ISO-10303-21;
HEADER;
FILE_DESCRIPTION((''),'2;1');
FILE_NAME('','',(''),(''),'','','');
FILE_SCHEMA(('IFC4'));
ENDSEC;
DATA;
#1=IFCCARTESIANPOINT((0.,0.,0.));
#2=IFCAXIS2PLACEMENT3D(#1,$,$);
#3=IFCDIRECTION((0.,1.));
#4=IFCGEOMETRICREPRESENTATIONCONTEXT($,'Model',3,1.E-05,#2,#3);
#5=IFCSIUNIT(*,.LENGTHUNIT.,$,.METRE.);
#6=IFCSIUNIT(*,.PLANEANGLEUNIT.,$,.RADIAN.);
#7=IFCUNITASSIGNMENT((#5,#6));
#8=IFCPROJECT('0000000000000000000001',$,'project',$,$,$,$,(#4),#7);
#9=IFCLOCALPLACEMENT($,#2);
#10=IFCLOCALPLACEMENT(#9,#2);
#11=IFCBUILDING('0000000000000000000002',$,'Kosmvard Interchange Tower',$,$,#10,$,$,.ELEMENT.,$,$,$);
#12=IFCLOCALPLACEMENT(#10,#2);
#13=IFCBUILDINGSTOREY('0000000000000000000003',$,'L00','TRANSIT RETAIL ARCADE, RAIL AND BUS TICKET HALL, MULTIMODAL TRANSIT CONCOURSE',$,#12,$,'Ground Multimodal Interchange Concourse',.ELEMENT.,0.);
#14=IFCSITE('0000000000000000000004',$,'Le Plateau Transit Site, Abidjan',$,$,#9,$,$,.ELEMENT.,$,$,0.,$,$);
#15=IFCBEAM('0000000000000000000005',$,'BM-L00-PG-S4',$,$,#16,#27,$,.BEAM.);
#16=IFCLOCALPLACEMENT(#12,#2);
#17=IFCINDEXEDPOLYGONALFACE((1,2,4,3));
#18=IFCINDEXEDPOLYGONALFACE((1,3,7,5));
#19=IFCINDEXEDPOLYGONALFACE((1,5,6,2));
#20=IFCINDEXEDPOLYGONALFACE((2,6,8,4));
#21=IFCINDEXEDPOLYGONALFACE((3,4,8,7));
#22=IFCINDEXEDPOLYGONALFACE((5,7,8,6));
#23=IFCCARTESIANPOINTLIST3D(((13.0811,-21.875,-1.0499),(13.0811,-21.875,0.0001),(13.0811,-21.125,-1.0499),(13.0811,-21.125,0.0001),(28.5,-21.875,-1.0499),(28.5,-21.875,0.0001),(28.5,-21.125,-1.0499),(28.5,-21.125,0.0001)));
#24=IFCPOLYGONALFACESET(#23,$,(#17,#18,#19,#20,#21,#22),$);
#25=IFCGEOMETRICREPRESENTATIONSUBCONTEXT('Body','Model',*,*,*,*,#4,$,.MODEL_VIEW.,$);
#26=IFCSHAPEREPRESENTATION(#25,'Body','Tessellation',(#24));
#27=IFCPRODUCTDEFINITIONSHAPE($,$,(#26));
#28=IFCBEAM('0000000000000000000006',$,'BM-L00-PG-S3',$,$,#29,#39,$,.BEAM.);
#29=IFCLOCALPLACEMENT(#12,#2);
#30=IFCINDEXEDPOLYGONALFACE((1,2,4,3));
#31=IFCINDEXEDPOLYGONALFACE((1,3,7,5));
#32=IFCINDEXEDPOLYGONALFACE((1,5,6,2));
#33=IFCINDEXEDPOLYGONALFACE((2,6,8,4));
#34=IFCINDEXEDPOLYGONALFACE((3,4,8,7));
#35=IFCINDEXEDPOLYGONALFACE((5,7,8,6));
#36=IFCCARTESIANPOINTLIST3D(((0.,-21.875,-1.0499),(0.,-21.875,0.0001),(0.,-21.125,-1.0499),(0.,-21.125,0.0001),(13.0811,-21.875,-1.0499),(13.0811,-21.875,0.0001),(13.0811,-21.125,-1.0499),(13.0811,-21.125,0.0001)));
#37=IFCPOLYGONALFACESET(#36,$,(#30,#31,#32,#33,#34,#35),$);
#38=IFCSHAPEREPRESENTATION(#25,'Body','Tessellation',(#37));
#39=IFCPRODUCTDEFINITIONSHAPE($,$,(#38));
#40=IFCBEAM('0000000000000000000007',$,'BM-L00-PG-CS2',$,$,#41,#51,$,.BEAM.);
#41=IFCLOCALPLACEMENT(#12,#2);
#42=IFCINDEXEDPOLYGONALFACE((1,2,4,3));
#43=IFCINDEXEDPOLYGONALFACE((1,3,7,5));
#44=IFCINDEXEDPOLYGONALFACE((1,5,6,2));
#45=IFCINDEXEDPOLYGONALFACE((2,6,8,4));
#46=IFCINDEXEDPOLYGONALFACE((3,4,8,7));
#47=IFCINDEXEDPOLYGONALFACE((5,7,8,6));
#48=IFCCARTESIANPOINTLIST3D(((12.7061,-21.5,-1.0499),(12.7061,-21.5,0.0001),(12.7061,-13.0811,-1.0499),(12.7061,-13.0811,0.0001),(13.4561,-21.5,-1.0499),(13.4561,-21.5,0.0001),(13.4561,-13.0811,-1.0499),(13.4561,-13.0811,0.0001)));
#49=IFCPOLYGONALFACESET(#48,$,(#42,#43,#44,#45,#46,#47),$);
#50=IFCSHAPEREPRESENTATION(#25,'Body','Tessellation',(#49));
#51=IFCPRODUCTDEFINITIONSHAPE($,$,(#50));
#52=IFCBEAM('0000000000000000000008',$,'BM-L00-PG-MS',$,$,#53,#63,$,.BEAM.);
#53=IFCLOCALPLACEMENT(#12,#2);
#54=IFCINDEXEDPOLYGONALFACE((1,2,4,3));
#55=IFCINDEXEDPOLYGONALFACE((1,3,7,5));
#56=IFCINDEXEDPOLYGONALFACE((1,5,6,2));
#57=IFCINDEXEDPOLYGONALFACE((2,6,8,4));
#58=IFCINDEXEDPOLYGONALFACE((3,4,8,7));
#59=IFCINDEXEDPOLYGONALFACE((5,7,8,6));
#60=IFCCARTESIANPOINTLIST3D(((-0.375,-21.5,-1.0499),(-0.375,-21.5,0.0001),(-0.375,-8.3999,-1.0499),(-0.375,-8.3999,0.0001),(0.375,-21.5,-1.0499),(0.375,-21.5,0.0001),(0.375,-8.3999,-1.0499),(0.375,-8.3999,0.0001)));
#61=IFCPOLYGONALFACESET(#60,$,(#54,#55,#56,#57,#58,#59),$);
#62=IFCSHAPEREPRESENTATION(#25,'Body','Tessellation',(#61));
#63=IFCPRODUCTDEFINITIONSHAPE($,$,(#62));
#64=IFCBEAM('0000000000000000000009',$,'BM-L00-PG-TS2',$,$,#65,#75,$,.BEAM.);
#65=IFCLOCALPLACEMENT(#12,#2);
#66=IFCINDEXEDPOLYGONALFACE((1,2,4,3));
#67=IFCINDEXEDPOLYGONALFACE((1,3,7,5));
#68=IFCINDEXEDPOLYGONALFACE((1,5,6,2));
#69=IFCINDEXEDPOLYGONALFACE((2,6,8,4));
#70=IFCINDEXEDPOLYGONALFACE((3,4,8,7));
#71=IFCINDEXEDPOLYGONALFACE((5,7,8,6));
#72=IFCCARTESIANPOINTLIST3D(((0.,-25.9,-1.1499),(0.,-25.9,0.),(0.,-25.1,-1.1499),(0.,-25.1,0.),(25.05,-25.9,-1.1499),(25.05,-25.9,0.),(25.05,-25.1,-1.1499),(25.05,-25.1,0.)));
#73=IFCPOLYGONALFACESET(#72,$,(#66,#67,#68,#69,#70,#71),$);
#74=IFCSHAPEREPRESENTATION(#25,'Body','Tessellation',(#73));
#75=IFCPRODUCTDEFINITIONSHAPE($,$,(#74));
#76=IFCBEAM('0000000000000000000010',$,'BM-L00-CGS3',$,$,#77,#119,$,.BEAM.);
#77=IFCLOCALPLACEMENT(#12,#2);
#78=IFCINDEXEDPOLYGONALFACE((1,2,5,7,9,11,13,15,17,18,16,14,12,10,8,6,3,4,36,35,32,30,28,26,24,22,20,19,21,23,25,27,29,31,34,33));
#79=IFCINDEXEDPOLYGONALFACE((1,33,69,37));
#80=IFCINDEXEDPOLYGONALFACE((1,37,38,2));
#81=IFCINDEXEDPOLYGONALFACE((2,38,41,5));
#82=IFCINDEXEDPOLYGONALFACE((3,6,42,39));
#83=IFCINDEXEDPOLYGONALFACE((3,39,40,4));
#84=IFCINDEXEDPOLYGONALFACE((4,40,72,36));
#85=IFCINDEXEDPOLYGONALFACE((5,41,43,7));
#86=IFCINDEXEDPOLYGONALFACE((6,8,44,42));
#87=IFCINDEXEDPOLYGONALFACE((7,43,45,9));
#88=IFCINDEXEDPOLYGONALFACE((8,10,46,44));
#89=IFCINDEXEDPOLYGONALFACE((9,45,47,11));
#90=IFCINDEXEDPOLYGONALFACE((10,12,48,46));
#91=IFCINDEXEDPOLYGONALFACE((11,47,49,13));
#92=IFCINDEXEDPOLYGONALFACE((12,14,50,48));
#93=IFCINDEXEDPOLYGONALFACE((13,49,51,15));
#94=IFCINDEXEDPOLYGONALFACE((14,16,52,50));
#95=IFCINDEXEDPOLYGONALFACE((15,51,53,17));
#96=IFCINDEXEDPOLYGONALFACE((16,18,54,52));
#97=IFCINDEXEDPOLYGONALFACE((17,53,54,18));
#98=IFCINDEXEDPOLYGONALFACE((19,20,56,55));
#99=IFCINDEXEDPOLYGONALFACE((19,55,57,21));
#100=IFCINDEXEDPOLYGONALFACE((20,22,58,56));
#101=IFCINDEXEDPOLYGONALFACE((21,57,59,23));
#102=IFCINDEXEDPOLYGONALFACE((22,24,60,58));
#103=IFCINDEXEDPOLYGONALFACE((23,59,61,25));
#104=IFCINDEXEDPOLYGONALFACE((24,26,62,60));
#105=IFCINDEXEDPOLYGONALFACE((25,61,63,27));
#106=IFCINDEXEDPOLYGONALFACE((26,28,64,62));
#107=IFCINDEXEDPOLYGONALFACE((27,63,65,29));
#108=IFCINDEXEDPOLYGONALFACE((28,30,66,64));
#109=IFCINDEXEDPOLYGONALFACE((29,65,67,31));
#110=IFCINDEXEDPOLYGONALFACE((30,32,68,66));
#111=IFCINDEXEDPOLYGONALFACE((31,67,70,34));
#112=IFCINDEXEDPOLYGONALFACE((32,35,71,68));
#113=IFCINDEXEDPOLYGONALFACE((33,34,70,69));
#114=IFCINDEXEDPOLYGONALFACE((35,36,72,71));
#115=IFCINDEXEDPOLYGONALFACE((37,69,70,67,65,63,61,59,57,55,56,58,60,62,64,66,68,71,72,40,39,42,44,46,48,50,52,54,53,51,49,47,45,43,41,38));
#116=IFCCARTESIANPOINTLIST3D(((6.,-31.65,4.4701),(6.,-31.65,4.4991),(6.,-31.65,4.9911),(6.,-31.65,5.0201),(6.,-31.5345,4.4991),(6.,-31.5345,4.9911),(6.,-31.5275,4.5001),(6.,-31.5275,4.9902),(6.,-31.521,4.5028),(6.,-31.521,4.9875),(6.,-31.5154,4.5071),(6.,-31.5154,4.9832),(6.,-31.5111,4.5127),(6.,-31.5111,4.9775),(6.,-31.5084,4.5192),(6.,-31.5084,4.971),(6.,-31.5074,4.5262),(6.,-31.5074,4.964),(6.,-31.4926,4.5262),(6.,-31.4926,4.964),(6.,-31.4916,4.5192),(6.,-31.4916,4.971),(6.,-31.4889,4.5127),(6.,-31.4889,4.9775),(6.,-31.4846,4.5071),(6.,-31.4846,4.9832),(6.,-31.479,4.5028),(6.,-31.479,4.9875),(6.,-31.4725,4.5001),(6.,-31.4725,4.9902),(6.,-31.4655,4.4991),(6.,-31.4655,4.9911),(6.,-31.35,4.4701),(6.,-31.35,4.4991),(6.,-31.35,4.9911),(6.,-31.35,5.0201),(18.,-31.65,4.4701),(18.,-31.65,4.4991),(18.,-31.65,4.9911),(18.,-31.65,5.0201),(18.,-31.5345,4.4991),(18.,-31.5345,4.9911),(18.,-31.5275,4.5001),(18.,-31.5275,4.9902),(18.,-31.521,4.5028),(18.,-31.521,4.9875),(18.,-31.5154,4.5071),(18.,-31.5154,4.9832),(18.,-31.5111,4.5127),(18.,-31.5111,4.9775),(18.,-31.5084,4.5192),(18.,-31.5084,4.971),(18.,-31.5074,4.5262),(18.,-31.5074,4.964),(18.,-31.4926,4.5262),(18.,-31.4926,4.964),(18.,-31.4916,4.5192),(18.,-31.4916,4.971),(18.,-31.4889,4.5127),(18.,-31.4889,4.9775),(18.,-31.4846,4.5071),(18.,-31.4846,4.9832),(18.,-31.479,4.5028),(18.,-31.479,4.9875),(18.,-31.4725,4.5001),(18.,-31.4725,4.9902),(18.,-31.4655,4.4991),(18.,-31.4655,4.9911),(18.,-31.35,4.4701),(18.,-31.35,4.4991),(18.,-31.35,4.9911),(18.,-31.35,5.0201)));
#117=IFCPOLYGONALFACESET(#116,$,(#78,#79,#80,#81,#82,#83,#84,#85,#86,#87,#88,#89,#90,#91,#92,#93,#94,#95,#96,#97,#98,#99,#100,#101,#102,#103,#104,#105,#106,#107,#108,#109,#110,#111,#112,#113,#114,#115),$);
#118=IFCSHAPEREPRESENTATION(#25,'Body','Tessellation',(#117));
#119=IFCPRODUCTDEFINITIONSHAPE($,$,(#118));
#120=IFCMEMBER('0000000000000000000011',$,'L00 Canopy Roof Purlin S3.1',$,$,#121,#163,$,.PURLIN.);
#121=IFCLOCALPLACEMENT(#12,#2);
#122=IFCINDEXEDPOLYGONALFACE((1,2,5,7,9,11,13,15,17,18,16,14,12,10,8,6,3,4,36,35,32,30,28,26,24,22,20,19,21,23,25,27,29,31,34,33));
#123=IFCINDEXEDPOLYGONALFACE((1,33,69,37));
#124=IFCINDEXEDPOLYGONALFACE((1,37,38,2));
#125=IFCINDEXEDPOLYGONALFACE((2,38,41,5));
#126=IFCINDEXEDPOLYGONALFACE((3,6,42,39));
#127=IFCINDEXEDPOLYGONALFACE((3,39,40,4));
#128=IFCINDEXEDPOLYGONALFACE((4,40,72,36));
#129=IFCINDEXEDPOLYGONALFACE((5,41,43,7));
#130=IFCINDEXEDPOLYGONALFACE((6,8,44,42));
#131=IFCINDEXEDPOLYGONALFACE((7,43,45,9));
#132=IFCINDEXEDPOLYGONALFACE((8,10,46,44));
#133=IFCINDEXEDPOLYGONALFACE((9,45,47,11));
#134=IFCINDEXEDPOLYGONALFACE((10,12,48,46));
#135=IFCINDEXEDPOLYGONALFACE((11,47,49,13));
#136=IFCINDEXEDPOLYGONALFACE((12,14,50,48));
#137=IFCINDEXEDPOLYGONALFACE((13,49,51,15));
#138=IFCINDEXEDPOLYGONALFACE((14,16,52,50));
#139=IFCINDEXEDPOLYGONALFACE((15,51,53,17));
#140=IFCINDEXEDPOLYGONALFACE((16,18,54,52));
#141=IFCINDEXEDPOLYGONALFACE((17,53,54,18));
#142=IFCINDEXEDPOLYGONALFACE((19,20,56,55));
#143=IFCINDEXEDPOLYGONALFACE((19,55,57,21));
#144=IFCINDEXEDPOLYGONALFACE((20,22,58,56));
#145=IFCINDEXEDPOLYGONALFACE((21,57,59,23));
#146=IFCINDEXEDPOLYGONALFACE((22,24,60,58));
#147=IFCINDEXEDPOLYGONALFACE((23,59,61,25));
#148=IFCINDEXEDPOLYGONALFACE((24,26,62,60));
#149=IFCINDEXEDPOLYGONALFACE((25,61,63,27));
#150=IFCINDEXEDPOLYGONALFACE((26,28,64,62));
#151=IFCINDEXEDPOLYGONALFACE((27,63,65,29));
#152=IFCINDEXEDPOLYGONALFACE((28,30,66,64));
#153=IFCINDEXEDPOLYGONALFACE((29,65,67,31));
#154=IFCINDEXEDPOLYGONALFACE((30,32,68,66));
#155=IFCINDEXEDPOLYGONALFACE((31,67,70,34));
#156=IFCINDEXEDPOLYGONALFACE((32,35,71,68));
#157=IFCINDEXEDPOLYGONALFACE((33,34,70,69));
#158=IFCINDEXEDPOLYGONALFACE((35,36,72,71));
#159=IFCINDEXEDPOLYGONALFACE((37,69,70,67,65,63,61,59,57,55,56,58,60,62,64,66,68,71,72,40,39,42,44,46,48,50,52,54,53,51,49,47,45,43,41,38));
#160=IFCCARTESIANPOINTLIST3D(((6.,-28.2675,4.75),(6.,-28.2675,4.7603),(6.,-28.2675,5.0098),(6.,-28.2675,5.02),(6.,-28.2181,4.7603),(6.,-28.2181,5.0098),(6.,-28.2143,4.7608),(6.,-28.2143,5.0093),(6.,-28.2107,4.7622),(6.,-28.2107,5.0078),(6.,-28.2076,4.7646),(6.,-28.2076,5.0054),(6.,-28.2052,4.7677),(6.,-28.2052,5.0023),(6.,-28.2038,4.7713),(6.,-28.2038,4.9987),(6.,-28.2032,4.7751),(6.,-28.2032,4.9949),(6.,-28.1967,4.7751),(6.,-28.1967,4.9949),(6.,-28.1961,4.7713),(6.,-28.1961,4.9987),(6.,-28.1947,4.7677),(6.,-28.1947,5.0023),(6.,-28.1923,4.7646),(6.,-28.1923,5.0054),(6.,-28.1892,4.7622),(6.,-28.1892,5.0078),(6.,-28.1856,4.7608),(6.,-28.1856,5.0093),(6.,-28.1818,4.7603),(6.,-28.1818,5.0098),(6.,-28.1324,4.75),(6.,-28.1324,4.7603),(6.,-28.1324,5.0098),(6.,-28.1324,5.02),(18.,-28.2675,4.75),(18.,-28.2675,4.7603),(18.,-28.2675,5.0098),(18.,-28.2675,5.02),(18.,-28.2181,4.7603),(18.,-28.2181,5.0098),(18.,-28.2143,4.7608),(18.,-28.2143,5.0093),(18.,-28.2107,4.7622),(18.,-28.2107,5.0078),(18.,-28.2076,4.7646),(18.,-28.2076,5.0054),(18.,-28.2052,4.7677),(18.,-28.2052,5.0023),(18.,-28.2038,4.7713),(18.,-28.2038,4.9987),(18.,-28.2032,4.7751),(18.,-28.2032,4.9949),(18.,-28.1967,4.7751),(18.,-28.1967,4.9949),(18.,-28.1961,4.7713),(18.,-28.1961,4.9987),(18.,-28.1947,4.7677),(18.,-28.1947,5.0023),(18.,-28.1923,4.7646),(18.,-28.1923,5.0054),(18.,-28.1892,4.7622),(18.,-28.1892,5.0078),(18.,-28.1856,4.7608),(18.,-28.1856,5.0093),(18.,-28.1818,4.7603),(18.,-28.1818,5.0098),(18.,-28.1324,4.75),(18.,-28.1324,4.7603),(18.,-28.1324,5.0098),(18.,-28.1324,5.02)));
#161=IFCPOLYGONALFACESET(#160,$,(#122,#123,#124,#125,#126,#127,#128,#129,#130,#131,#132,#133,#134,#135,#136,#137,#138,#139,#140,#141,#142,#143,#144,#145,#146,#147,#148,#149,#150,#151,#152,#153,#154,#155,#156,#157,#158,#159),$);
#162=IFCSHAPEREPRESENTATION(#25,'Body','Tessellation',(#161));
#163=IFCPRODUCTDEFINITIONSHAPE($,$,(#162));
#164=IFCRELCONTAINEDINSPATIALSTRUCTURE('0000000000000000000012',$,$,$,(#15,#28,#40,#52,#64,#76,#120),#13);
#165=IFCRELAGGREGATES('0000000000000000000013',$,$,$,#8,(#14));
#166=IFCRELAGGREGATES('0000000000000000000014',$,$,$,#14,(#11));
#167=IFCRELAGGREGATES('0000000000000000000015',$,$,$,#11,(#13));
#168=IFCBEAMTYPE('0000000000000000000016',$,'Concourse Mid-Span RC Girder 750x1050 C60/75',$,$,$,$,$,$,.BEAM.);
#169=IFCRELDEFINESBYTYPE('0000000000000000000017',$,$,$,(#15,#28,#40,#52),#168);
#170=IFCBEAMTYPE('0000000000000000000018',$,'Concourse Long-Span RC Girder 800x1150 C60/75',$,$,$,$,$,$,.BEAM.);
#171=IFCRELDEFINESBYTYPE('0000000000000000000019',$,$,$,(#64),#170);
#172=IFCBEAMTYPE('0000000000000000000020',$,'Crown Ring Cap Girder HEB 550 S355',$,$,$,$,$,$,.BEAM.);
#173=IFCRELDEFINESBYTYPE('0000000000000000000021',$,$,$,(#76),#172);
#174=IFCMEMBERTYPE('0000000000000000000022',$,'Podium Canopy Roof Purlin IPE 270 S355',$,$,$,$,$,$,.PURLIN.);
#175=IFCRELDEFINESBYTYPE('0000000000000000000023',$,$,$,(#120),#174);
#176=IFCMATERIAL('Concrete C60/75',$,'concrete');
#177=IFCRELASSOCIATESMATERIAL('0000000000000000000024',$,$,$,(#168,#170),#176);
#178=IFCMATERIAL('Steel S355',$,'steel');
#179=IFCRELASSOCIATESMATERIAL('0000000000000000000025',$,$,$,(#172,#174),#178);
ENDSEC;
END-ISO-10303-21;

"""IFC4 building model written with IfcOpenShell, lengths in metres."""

from ifc_helpers import new_model, si_unit, direction, frame, origin, origin_2d, place, context, subcontext, project, spatial, rectangle, i_section, extrude, source, transform, mapped, material, material_profile, profile_set, type_object, element, save


model = new_model("IFC4")

# Units and contexts
model_context = context("Model", 3, precision=1e-05, world=origin(), true_north=direction((0.0, 1.0)))
body_context = subcontext(model_context, "Body", "Model", "MODEL_VIEW")
ifc_project = project(units=[si_unit("LENGTHUNIT", "METRE"), si_unit("PLANEANGLEUNIT", "RADIAN")], contexts=[model_context])

# Site, building, storey
site_placement = place(None, origin())
site = spatial("IfcSite", under=ifc_project, at=site_placement, Name="Le Plateau Transit Site, Abidjan", CompositionType="ELEMENT", RefElevation=0.0)
building_placement = place(site_placement, origin())
building = spatial("IfcBuilding", under=site, at=building_placement, Name="Kosmvard Interchange Tower", CompositionType="ELEMENT")
storey_placement = place(building_placement, origin())
storey = spatial("IfcBuildingStorey", under=building, at=storey_placement, Name="L00", Description="TRANSIT RETAIL ARCADE, RAIL AND BUS TICKET HALL, MULTIMODAL TRANSIT CONCOURSE", LongName="Ground Multimodal Interchange Concourse", CompositionType="ELEMENT", Elevation=0.0)

# Shared definitions
ifc_material_1 = material(Name="Concrete C60/75", Category="concrete")
ifc_material_2 = material(Name="Steel S355", Category="steel")

# Beams
ifc_material_profile_1 = material_profile(ifc_material_1, rectangle(XDim=0.75, YDim=1.05, at=origin_2d()), Name="RCG 750x1050")
ifc_profile_set_1 = profile_set([ifc_material_profile_1], Name="Concrete C60/75")
beam_type_1 = type_object("IfcBeamType", Name="Concourse Mid-Span RC Girder 750x1050 C60/75", PredefinedType="BEAM", material=ifc_profile_set_1)
shared_shape_1 = source(origin(), body_context, "Body", "SweptSolid", [
    extrude(rectangle(XDim=0.75, YDim=1.05, at=origin_2d()), origin(), (0.0, 0.0, 1.0), 15.4189),
])
beam_1_placement = place(storey_placement, frame((13.0811, -21.5, -0.5249), z_axis=(1.0, 0.0, 0.0), x_axis=(0.0, 1.0, 0.0)))
element("IfcBeam", 1, at=beam_1_placement, inside=storey, type_object=beam_type_1, Name="BM-L00-PG-S4", PredefinedType="BEAM", context=body_context, shape_type="MappedRepresentation", body=[
    mapped(shared_shape_1, transform((0.0, 0.0, 0.0), scale=1.0)),
])
shared_shape_2 = source(origin(), body_context, "Body", "SweptSolid", [
    extrude(rectangle(XDim=0.75, YDim=1.05, at=origin_2d()), origin(), (0.0, 0.0, 1.0), 13.0811),
])
beam_2_placement = place(storey_placement, frame((0.0, -21.5, -0.5249), z_axis=(1.0, 0.0, 0.0), x_axis=(0.0, 1.0, 0.0)))
element("IfcBeam", 2, at=beam_2_placement, inside=storey, type_object=beam_type_1, Name="BM-L00-PG-S3", PredefinedType="BEAM", context=body_context, shape_type="MappedRepresentation", body=[
    mapped(shared_shape_2, transform((0.0, 0.0, 0.0), scale=1.0)),
])
shared_shape_3 = source(origin(), body_context, "Body", "SweptSolid", [
    extrude(rectangle(XDim=0.75, YDim=1.05, at=origin_2d()), origin(), (0.0, 0.0, 1.0), 8.4189),
])
beam_3_placement = place(storey_placement, frame((13.0811, -21.5, -0.5249), z_axis=(0.0, 1.0, 0.0), x_axis=(-1.0, 0.0, 0.0)))
element("IfcBeam", 3, at=beam_3_placement, inside=storey, type_object=beam_type_1, Name="BM-L00-PG-CS2", PredefinedType="BEAM", context=body_context, shape_type="MappedRepresentation", body=[
    mapped(shared_shape_3, transform((0.0, 0.0, 0.0), scale=1.0)),
])
shared_shape_4 = source(origin(), body_context, "Body", "SweptSolid", [
    extrude(rectangle(XDim=0.75, YDim=1.05, at=origin_2d()), origin(), (0.0, 0.0, 1.0), 13.1001),
])
beam_4_placement = place(storey_placement, frame((0.0, -21.5, -0.5249), z_axis=(0.0, 1.0, 0.0), x_axis=(-1.0, 0.0, 0.0)))
element("IfcBeam", 4, at=beam_4_placement, inside=storey, type_object=beam_type_1, Name="BM-L00-PG-MS", PredefinedType="BEAM", context=body_context, shape_type="MappedRepresentation", body=[
    mapped(shared_shape_4, transform((0.0, 0.0, 0.0), scale=1.0)),
])
ifc_material_profile_2 = material_profile(ifc_material_1, rectangle(XDim=0.8, YDim=1.1499, at=origin_2d()), Name="RCG 800x1150")
ifc_profile_set_2 = profile_set([ifc_material_profile_2], Name="Concrete C60/75")
beam_type_2 = type_object("IfcBeamType", Name="Concourse Long-Span RC Girder 800x1150 C60/75", PredefinedType="BEAM", material=ifc_profile_set_2)
shared_shape_5 = source(origin(), body_context, "Body", "SweptSolid", [
    extrude(rectangle(XDim=0.8, YDim=1.1499, at=origin_2d()), origin(), (0.0, 0.0, 1.0), 25.05),
])
beam_5_placement = place(storey_placement, frame((0.0, -25.5, -0.575), z_axis=(1.0, 0.0, 0.0), x_axis=(0.0, 1.0, 0.0)))
element("IfcBeam", 5, at=beam_5_placement, inside=storey, type_object=beam_type_2, Name="BM-L00-PG-TS2", PredefinedType="BEAM", context=body_context, shape_type="MappedRepresentation", body=[
    mapped(shared_shape_5, transform((0.0, 0.0, 0.0), scale=1.0)),
])
ifc_material_profile_3 = material_profile(ifc_material_2, i_section(OverallWidth=0.3, OverallDepth=0.55, WebThickness=0.0149, FlangeThickness=0.0291, FilletRadius=0.0271, at=origin_2d()), Name="HEB 550")
ifc_profile_set_3 = profile_set([ifc_material_profile_3], Name="Steel S355")
beam_type_3 = type_object("IfcBeamType", Name="Crown Ring Cap Girder HEB 550 S355", PredefinedType="BEAM", material=ifc_profile_set_3)
shared_shape_6 = source(origin(), body_context, "Body", "SweptSolid", [
    extrude(i_section(OverallWidth=0.3, OverallDepth=0.55, WebThickness=0.0149, FlangeThickness=0.0291, FilletRadius=0.0271, at=origin_2d()), origin(), (0.0, 0.0, 1.0), 12.0),
])
beam_6_placement = place(storey_placement, frame((6.0, -31.5, 4.7451), z_axis=(1.0, 0.0, 0.0), x_axis=(0.0, 1.0, 0.0)))
element("IfcBeam", 6, at=beam_6_placement, inside=storey, type_object=beam_type_3, Name="BM-L00-CGS3", PredefinedType="BEAM", context=body_context, shape_type="MappedRepresentation", body=[
    mapped(shared_shape_6, transform((0.0, 0.0, 0.0), scale=1.0)),
])

# Member
ifc_material_profile_4 = material_profile(ifc_material_2, i_section(OverallWidth=0.135, OverallDepth=0.27, WebThickness=0.0066, FlangeThickness=0.0103, FilletRadius=0.0149, at=origin_2d()), Name="IPE 270")
ifc_profile_set_4 = profile_set([ifc_material_profile_4], Name="Steel S355")
member_type_1 = type_object("IfcMemberType", Name="Podium Canopy Roof Purlin IPE 270 S355", PredefinedType="PURLIN", material=ifc_profile_set_4)
shared_shape_7 = source(origin(), body_context, "Body", "SweptSolid", [
    extrude(i_section(OverallWidth=0.135, OverallDepth=0.27, WebThickness=0.0066, FlangeThickness=0.0103, FilletRadius=0.0149, at=origin_2d()), origin(), (0.0, 0.0, 1.0), 12.0),
])
for number, where, z_axis, x_axis, name in (
    (7, (6.0, -28.2, 4.885), (1.0, 0.0, 0.0), (0.0, 1.0, 0.0), "L00 Canopy Roof Purlin S3.1"),
):
    element("IfcMember", number, at=place(storey_placement, frame(where, z_axis=z_axis, x_axis=x_axis)), inside=storey, type_object=member_type_1, Name=name, PredefinedType="PURLIN", context=body_context, shape_type="MappedRepresentation", body=[
        mapped(shared_shape_7, transform((0.0, 0.0, 0.0), scale=1.0)),
    ])

save(model, "model.ifc")
